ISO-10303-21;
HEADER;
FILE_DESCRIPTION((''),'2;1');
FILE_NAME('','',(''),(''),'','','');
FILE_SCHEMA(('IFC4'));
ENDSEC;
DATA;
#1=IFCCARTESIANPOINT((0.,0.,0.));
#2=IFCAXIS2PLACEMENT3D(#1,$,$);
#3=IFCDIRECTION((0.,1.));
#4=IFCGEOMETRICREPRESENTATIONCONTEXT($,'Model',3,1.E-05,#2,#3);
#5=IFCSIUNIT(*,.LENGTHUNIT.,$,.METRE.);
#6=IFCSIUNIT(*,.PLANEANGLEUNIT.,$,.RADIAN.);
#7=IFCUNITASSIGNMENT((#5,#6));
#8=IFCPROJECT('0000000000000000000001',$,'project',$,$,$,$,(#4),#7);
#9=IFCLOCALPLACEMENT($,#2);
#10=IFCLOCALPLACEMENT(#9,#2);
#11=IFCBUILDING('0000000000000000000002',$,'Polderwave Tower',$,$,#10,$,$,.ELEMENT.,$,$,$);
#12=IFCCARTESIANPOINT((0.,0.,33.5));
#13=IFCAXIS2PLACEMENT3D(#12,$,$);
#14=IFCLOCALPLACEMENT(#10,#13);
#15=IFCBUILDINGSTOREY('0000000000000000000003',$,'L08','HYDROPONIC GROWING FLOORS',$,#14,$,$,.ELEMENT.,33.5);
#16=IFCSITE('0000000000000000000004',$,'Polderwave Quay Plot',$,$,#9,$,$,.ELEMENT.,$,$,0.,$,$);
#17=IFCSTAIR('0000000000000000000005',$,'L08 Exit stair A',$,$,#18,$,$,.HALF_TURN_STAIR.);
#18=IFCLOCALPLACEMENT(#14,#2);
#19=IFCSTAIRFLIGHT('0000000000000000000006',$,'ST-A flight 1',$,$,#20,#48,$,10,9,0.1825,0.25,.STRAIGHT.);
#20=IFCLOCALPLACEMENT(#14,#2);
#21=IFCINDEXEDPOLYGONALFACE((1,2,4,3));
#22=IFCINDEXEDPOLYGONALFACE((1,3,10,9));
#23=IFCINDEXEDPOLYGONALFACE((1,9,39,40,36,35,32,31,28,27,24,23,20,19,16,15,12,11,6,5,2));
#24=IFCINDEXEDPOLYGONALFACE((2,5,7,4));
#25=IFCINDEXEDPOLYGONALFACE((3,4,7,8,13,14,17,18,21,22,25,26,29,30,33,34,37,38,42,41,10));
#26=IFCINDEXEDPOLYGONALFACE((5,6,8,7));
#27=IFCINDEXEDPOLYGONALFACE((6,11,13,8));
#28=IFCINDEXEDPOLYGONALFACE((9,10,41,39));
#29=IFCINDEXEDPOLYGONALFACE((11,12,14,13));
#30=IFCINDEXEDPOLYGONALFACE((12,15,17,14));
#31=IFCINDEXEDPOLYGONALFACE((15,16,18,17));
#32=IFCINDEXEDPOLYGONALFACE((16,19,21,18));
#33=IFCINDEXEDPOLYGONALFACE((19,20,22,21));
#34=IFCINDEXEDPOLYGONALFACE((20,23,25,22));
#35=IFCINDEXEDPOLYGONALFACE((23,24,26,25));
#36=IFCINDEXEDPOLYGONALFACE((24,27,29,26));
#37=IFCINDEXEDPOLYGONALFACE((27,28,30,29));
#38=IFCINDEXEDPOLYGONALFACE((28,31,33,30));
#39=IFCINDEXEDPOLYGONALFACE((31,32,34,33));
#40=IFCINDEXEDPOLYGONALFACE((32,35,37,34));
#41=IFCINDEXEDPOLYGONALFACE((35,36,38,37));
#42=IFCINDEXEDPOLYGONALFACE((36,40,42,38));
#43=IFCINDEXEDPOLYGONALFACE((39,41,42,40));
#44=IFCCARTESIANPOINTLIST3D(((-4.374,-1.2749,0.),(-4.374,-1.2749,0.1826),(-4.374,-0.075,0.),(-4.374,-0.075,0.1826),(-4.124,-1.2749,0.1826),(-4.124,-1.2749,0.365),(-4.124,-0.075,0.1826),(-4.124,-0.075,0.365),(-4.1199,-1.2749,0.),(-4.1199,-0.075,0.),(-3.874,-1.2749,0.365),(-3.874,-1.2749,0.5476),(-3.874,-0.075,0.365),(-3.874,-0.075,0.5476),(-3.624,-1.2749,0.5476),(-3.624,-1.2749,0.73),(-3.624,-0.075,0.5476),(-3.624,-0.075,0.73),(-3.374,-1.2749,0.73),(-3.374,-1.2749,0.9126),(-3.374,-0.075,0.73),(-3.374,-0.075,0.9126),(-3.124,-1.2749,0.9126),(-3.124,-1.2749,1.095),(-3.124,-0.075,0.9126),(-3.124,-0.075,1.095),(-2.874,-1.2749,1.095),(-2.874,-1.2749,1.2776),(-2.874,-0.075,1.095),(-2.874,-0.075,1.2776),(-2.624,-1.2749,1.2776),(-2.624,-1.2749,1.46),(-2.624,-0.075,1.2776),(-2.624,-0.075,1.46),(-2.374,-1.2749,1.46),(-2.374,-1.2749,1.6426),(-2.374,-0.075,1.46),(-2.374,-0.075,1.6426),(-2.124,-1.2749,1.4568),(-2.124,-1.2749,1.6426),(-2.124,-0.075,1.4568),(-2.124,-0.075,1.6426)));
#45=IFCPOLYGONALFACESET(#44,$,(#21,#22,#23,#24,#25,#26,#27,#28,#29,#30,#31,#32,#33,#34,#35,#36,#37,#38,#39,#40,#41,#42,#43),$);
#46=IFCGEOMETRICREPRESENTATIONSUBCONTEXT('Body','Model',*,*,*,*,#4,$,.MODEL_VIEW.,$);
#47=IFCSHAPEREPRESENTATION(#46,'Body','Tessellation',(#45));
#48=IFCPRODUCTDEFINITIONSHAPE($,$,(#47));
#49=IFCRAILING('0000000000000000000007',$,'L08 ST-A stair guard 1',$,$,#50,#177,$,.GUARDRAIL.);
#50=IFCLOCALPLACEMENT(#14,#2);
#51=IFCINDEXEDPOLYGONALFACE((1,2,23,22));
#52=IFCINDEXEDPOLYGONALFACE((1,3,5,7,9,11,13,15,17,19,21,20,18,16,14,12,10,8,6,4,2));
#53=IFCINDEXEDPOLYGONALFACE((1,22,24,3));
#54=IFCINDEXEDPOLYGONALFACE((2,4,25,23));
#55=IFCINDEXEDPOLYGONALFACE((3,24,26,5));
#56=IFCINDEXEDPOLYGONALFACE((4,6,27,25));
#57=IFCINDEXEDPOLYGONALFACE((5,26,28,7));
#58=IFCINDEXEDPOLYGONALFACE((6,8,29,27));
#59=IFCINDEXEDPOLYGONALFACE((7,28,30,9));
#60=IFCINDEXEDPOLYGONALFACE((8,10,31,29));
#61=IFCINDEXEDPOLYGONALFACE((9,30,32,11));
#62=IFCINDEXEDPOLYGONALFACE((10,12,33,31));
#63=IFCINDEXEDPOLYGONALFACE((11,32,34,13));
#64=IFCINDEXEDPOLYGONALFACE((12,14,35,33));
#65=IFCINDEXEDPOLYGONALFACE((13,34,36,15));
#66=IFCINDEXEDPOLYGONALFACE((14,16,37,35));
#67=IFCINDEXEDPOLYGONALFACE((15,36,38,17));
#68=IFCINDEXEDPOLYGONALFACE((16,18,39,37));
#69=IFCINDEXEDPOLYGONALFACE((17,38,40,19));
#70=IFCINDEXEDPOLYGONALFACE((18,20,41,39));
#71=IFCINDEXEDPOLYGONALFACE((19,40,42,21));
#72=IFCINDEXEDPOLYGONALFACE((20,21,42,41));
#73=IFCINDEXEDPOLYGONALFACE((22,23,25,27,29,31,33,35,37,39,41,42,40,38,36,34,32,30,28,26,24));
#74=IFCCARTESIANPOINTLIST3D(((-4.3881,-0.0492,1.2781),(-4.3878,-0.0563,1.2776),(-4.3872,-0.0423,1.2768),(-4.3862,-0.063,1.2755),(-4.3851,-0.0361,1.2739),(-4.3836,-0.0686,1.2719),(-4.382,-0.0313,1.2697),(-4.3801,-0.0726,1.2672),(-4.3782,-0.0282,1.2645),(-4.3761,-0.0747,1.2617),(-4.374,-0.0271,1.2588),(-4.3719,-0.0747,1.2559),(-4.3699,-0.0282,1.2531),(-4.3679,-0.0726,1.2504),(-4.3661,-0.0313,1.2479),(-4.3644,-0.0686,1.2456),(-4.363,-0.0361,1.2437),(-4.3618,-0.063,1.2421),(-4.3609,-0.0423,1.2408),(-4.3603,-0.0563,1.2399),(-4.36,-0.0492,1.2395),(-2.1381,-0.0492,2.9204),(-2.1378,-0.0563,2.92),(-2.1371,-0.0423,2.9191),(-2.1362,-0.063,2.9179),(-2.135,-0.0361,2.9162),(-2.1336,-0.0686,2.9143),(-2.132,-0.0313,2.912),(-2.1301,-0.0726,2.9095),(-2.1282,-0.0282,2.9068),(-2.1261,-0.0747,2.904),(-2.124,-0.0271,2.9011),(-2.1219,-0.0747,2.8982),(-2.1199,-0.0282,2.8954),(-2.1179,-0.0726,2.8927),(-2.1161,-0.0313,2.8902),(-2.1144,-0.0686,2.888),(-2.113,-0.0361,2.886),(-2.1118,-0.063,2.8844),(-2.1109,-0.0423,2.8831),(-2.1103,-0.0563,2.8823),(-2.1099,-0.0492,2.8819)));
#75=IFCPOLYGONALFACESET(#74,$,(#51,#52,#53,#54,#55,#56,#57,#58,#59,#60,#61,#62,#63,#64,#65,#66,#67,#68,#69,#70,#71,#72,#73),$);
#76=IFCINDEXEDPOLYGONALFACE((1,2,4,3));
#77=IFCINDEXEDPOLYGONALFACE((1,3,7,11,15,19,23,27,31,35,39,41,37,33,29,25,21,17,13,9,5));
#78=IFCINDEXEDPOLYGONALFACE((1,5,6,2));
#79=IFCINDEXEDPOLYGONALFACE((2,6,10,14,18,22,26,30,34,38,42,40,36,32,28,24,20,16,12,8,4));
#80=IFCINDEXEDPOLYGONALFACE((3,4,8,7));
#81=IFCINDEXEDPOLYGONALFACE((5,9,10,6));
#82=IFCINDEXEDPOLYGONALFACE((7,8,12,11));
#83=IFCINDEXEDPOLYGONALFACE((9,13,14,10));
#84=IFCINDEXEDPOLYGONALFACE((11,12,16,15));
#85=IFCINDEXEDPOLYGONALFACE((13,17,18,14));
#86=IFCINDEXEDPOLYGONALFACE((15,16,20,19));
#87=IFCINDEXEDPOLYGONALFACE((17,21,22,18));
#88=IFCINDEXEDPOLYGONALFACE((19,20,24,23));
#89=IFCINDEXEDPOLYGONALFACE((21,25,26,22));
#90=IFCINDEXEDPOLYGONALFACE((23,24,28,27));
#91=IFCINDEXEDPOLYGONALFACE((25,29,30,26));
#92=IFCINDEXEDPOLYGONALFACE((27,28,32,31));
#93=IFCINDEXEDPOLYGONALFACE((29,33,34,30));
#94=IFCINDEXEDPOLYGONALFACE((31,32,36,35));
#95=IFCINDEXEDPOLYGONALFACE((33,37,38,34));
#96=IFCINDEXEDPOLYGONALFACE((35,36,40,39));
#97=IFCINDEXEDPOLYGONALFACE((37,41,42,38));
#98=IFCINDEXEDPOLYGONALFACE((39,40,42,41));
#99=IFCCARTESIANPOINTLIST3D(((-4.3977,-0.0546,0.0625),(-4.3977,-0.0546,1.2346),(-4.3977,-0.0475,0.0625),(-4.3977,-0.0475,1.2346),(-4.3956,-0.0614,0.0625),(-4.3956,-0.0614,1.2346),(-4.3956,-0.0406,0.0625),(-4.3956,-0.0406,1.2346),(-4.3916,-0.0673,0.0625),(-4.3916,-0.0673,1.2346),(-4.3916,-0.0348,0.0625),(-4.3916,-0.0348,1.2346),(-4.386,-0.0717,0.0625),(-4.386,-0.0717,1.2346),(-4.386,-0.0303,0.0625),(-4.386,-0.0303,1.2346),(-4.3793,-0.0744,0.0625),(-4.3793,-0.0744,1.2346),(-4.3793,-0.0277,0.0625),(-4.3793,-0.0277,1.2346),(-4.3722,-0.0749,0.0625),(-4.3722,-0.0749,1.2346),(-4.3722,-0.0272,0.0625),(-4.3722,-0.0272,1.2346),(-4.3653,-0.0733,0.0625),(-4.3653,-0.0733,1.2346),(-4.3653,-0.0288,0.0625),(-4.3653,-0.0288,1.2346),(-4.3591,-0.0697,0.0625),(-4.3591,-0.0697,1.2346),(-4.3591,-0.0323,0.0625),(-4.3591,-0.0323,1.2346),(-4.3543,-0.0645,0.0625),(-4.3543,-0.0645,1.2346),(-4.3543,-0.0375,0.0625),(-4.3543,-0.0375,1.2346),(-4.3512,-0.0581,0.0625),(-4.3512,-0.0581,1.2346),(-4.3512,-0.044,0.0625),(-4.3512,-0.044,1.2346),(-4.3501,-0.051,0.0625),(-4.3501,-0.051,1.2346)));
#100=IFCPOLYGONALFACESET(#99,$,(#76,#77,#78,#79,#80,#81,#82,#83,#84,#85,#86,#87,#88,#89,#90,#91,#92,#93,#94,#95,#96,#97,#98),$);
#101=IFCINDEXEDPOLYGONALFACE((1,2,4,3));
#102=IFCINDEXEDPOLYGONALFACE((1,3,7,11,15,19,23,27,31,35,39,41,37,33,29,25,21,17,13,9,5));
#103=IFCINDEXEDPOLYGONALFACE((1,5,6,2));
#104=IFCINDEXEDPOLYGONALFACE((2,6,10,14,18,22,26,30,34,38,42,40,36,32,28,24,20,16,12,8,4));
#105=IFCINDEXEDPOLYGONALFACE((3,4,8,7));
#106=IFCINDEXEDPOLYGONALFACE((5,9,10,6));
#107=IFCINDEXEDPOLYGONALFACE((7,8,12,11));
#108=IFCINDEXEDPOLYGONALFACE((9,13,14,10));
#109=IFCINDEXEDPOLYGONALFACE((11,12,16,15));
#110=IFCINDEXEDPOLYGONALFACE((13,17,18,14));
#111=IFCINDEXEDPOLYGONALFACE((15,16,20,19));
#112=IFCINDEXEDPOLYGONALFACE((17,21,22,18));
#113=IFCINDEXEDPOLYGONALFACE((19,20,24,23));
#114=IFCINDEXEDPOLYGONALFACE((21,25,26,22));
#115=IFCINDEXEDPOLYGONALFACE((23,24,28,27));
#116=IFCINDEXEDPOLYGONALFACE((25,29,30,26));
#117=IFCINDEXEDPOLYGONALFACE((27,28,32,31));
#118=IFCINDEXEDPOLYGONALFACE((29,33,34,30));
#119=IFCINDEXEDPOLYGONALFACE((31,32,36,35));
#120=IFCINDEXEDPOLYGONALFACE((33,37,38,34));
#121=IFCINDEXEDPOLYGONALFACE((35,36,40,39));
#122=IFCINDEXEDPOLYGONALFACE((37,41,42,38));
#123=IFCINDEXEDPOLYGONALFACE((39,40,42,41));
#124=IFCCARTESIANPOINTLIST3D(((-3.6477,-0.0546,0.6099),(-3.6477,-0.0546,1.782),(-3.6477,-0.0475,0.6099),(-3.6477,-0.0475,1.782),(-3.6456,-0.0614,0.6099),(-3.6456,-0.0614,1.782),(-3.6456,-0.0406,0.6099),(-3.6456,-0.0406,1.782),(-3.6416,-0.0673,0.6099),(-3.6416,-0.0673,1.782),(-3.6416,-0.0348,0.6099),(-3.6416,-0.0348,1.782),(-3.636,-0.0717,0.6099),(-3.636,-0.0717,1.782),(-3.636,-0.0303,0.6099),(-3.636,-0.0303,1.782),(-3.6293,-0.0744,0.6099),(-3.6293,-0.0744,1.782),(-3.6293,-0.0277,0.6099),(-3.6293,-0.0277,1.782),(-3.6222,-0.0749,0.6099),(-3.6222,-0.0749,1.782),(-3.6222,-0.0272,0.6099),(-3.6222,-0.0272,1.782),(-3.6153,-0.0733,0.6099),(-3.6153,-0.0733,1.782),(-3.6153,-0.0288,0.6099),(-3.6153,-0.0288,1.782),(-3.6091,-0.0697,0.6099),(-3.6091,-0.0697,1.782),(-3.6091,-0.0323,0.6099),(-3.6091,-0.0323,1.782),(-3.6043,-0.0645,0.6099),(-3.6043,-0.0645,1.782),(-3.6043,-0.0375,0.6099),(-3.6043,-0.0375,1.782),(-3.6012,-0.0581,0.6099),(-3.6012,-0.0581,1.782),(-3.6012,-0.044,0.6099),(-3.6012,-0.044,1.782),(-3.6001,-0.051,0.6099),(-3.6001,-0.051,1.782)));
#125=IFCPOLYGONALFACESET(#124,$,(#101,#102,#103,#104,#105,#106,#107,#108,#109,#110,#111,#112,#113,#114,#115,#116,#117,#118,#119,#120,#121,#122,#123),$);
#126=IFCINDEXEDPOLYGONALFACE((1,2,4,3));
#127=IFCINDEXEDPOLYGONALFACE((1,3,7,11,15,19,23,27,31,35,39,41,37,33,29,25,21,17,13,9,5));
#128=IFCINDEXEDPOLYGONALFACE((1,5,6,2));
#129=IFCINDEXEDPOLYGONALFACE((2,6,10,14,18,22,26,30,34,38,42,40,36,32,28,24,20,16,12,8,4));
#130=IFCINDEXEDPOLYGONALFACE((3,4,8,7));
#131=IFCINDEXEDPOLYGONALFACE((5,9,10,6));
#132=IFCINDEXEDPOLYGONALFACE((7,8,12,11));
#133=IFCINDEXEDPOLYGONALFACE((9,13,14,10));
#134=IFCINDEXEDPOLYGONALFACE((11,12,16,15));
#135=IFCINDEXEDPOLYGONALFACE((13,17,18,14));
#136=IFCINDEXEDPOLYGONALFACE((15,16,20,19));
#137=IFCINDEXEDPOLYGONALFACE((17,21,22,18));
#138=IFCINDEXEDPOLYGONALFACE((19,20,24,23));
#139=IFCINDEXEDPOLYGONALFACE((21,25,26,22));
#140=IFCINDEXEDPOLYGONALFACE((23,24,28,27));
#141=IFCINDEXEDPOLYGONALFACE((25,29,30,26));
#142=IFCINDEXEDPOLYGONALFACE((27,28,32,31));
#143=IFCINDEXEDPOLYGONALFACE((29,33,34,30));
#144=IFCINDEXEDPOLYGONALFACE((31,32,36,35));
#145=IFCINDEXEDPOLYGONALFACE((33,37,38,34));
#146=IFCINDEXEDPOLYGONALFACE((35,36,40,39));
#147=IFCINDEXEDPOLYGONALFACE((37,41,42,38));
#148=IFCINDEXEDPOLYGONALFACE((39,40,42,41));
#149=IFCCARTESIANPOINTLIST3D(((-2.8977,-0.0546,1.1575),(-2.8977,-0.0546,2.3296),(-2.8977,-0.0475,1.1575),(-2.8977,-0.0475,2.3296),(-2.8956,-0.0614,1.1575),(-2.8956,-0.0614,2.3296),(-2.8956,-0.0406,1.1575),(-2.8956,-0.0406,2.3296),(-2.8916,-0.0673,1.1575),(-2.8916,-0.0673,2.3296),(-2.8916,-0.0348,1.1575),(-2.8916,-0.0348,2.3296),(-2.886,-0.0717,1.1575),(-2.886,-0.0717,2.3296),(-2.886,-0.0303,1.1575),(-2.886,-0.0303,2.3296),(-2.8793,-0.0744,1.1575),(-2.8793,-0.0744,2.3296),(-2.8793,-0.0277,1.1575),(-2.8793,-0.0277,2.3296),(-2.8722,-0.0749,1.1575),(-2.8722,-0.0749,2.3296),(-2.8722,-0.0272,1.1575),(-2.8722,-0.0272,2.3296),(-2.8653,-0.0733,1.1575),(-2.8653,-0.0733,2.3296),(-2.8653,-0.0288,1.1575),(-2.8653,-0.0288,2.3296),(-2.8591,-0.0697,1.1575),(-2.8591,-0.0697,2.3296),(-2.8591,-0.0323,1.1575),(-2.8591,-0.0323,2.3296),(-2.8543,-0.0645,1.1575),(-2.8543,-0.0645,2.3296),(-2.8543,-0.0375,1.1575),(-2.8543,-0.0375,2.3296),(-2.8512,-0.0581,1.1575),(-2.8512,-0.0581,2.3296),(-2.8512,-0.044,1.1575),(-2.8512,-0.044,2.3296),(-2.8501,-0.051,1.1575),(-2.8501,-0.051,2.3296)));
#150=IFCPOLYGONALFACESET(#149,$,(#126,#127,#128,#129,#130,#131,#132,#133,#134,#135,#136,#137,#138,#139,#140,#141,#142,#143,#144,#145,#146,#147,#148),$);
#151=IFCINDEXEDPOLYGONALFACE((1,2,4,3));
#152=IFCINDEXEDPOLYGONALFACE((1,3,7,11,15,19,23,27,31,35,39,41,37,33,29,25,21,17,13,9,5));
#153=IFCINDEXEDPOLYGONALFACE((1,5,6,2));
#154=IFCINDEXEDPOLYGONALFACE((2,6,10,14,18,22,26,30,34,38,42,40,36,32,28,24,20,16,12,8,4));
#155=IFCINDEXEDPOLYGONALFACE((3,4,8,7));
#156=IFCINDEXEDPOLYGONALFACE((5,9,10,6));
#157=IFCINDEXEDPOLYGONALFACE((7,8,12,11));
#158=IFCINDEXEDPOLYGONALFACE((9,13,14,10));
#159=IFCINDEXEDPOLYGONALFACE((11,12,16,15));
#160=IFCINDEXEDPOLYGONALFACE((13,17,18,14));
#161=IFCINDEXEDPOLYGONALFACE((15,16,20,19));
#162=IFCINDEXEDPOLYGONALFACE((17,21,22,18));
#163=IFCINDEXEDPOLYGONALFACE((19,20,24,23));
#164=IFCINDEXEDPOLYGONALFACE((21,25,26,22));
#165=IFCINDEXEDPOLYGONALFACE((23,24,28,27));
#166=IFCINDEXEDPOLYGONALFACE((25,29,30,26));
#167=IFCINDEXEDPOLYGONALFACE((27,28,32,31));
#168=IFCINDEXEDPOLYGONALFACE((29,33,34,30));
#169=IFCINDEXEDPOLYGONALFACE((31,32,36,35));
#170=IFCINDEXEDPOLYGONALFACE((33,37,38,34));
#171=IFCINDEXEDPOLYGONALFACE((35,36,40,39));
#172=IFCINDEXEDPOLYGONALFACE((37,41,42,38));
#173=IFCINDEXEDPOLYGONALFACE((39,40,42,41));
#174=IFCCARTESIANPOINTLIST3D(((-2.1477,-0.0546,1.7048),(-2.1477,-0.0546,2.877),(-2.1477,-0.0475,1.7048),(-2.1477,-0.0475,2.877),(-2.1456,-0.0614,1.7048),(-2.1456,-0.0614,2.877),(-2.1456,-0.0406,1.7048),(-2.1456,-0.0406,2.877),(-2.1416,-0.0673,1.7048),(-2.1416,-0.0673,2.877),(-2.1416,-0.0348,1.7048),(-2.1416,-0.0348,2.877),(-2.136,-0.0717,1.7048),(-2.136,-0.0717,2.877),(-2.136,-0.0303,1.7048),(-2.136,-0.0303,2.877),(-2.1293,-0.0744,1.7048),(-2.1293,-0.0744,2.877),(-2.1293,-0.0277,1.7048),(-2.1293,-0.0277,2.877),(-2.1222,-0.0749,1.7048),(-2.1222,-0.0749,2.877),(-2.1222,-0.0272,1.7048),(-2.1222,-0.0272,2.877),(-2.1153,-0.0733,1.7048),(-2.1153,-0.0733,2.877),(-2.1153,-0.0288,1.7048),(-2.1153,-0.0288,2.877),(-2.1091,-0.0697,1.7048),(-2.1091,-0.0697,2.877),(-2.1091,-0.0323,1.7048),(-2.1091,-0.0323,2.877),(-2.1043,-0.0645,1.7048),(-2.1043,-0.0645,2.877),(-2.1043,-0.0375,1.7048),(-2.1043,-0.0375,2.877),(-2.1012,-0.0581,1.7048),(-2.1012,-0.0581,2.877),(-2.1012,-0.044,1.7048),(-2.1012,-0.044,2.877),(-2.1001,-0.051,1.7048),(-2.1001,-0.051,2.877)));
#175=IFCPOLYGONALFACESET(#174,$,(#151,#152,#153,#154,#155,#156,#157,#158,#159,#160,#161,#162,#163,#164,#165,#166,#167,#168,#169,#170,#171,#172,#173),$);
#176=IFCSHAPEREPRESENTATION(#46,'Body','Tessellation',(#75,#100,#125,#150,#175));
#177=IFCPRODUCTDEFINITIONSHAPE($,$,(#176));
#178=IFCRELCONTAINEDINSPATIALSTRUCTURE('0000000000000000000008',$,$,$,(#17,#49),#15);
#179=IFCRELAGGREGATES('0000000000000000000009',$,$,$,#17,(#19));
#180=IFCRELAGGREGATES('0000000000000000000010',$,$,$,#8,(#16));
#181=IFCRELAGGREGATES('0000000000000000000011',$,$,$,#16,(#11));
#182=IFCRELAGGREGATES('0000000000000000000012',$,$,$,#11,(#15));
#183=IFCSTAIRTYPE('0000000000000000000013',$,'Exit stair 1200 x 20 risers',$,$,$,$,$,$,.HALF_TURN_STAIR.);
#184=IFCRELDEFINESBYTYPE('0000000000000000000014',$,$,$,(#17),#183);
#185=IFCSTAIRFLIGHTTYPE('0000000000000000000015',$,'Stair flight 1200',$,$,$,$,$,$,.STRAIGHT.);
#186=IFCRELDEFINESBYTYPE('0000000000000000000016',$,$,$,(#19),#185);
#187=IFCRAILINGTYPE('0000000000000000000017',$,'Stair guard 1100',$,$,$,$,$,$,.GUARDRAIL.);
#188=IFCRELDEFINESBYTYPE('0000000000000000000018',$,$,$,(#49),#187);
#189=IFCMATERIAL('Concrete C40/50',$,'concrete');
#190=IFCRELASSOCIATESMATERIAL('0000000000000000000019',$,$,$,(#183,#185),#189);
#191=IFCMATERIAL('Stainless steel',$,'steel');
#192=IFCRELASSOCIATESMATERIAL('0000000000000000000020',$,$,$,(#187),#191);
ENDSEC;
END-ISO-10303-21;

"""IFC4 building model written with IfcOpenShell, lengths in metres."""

from ifc_helpers import new_model, si_unit, direction, frame, origin, origin_2d, place, context, subcontext, project, spatial, polyline, circle, outline, extrude, material, type_object, element, aggregate, save


model = new_model("IFC4")

# Units and contexts
model_context = context("Model", 3, precision=1e-05, world=origin(), true_north=direction((0.0, 1.0)))
body_context = subcontext(model_context, "Body", "Model", "MODEL_VIEW")
ifc_project = project(units=[si_unit("LENGTHUNIT", "METRE"), si_unit("PLANEANGLEUNIT", "RADIAN")], contexts=[model_context])

# Site, building, storey
site_placement = place(None, origin())
site = spatial("IfcSite", under=ifc_project, at=site_placement, Name="Polderwave Quay Plot", CompositionType="ELEMENT", RefElevation=0.0)
building_placement = place(site_placement, origin())
building = spatial("IfcBuilding", under=site, at=building_placement, Name="Polderwave Tower", CompositionType="ELEMENT")
storey_placement = place(building_placement, frame((0.0, 0.0, 33.5)))
storey = spatial("IfcBuildingStorey", under=building, at=storey_placement, Name="L08", Description="HYDROPONIC GROWING FLOORS", CompositionType="ELEMENT", Elevation=33.5)

# Shared definitions
ifc_material_1 = material(Name="Concrete C40/50", Category="concrete")

# Stair, stair flight
stair_type = type_object("IfcStairType", Name="Exit stair 1200 x 20 risers", PredefinedType="HALF_TURN_STAIR", material=ifc_material_1)
stair_placement = place(storey_placement, origin())
stair = element("IfcStair", 1, at=stair_placement, inside=storey, type_object=stair_type, Name="L08 Exit stair A", PredefinedType="HALF_TURN_STAIR")
stair_flight_type = type_object("IfcStairFlightType", Name="Stair flight 1200", PredefinedType="STRAIGHT", material=ifc_material_1)
stair_flight_placement = place(storey_placement, frame((-4.374, -0.675, 0.0), z_axis=(0.0, 0.0, 1.0), x_axis=(1.0, 0.0, 0.0)))
stair_flight = element("IfcStairFlight", 2, at=stair_flight_placement, type_object=stair_flight_type, Name="ST-A flight 1", NumberOfRisers=10, NumberOfTreads=9, PredefinedType="STRAIGHT", RiserHeight=0.1825, TreadLength=0.25, context=body_context, shape_type="SweptSolid", body=[
    extrude(outline(polyline([(0.0, 0.0), (0.0, 0.1826), (0.25, 0.1826), (0.25, 0.365), (0.5, 0.365), (0.5, 0.5476), (0.75, 0.5476), (0.75, 0.73), (1.0, 0.73), (1.0, 0.9126), (1.25, 0.9126), (1.25, 1.095), (1.5, 1.095), (1.5, 1.2776), (1.75, 1.2776), (1.75, 1.46), (2.0, 1.46), (2.0, 1.6426), (2.25, 1.6426), (2.25, 1.825), (2.25, 1.4568), (0.2542, 0.0), (0.0, 0.0)])), frame((0.0, 0.6001, 0.0), z_axis=(0.0, -1.0, 0.0), x_axis=(1.0, 0.0, 0.0)), (0.0, 0.0, 1.0), 1.2),
])
aggregate(stair, [stair_flight])

# Railing
ifc_material_2 = material(Name="Stainless steel", Category="steel")
railing_type_1 = type_object("IfcRailingType", Name="Stair guard 1100", PredefinedType="GUARDRAIL", material=ifc_material_2)
railing_1_placement = place(storey_placement, frame((-4.374, -0.051, 0.0625)))
element("IfcRailing", 3, at=railing_1_placement, inside=storey, type_object=railing_type_1, Name="L08 ST-A stair guard 1", PredefinedType="GUARDRAIL", context=body_context, shape_type="SweptSolid", body=[
    extrude(circle(Radius=0.0239, at=origin_2d()), frame((0.0, 0.0, 1.1963), z_axis=(0.807715, 0.0, 0.589573), x_axis=(0.0, 1.0, 0.0)), (0.0, 0.0, 1.0), 2.7856),
    extrude(circle(Radius=0.0239, at=origin_2d()), origin(), (0.0, 0.0, 1.0), 1.1721),
    extrude(circle(Radius=0.0239, at=origin_2d()), frame((0.75, 0.0, 0.5474)), (0.0, 0.0, 1.0), 1.1721),
    extrude(circle(Radius=0.0239, at=origin_2d()), frame((1.5, 0.0, 1.095)), (0.0, 0.0, 1.0), 1.1721),
    extrude(circle(Radius=0.0239, at=origin_2d()), frame((2.25, 0.0, 1.6423)), (0.0, 0.0, 1.0), 1.1721),
])

save(model, "model.ifc")
